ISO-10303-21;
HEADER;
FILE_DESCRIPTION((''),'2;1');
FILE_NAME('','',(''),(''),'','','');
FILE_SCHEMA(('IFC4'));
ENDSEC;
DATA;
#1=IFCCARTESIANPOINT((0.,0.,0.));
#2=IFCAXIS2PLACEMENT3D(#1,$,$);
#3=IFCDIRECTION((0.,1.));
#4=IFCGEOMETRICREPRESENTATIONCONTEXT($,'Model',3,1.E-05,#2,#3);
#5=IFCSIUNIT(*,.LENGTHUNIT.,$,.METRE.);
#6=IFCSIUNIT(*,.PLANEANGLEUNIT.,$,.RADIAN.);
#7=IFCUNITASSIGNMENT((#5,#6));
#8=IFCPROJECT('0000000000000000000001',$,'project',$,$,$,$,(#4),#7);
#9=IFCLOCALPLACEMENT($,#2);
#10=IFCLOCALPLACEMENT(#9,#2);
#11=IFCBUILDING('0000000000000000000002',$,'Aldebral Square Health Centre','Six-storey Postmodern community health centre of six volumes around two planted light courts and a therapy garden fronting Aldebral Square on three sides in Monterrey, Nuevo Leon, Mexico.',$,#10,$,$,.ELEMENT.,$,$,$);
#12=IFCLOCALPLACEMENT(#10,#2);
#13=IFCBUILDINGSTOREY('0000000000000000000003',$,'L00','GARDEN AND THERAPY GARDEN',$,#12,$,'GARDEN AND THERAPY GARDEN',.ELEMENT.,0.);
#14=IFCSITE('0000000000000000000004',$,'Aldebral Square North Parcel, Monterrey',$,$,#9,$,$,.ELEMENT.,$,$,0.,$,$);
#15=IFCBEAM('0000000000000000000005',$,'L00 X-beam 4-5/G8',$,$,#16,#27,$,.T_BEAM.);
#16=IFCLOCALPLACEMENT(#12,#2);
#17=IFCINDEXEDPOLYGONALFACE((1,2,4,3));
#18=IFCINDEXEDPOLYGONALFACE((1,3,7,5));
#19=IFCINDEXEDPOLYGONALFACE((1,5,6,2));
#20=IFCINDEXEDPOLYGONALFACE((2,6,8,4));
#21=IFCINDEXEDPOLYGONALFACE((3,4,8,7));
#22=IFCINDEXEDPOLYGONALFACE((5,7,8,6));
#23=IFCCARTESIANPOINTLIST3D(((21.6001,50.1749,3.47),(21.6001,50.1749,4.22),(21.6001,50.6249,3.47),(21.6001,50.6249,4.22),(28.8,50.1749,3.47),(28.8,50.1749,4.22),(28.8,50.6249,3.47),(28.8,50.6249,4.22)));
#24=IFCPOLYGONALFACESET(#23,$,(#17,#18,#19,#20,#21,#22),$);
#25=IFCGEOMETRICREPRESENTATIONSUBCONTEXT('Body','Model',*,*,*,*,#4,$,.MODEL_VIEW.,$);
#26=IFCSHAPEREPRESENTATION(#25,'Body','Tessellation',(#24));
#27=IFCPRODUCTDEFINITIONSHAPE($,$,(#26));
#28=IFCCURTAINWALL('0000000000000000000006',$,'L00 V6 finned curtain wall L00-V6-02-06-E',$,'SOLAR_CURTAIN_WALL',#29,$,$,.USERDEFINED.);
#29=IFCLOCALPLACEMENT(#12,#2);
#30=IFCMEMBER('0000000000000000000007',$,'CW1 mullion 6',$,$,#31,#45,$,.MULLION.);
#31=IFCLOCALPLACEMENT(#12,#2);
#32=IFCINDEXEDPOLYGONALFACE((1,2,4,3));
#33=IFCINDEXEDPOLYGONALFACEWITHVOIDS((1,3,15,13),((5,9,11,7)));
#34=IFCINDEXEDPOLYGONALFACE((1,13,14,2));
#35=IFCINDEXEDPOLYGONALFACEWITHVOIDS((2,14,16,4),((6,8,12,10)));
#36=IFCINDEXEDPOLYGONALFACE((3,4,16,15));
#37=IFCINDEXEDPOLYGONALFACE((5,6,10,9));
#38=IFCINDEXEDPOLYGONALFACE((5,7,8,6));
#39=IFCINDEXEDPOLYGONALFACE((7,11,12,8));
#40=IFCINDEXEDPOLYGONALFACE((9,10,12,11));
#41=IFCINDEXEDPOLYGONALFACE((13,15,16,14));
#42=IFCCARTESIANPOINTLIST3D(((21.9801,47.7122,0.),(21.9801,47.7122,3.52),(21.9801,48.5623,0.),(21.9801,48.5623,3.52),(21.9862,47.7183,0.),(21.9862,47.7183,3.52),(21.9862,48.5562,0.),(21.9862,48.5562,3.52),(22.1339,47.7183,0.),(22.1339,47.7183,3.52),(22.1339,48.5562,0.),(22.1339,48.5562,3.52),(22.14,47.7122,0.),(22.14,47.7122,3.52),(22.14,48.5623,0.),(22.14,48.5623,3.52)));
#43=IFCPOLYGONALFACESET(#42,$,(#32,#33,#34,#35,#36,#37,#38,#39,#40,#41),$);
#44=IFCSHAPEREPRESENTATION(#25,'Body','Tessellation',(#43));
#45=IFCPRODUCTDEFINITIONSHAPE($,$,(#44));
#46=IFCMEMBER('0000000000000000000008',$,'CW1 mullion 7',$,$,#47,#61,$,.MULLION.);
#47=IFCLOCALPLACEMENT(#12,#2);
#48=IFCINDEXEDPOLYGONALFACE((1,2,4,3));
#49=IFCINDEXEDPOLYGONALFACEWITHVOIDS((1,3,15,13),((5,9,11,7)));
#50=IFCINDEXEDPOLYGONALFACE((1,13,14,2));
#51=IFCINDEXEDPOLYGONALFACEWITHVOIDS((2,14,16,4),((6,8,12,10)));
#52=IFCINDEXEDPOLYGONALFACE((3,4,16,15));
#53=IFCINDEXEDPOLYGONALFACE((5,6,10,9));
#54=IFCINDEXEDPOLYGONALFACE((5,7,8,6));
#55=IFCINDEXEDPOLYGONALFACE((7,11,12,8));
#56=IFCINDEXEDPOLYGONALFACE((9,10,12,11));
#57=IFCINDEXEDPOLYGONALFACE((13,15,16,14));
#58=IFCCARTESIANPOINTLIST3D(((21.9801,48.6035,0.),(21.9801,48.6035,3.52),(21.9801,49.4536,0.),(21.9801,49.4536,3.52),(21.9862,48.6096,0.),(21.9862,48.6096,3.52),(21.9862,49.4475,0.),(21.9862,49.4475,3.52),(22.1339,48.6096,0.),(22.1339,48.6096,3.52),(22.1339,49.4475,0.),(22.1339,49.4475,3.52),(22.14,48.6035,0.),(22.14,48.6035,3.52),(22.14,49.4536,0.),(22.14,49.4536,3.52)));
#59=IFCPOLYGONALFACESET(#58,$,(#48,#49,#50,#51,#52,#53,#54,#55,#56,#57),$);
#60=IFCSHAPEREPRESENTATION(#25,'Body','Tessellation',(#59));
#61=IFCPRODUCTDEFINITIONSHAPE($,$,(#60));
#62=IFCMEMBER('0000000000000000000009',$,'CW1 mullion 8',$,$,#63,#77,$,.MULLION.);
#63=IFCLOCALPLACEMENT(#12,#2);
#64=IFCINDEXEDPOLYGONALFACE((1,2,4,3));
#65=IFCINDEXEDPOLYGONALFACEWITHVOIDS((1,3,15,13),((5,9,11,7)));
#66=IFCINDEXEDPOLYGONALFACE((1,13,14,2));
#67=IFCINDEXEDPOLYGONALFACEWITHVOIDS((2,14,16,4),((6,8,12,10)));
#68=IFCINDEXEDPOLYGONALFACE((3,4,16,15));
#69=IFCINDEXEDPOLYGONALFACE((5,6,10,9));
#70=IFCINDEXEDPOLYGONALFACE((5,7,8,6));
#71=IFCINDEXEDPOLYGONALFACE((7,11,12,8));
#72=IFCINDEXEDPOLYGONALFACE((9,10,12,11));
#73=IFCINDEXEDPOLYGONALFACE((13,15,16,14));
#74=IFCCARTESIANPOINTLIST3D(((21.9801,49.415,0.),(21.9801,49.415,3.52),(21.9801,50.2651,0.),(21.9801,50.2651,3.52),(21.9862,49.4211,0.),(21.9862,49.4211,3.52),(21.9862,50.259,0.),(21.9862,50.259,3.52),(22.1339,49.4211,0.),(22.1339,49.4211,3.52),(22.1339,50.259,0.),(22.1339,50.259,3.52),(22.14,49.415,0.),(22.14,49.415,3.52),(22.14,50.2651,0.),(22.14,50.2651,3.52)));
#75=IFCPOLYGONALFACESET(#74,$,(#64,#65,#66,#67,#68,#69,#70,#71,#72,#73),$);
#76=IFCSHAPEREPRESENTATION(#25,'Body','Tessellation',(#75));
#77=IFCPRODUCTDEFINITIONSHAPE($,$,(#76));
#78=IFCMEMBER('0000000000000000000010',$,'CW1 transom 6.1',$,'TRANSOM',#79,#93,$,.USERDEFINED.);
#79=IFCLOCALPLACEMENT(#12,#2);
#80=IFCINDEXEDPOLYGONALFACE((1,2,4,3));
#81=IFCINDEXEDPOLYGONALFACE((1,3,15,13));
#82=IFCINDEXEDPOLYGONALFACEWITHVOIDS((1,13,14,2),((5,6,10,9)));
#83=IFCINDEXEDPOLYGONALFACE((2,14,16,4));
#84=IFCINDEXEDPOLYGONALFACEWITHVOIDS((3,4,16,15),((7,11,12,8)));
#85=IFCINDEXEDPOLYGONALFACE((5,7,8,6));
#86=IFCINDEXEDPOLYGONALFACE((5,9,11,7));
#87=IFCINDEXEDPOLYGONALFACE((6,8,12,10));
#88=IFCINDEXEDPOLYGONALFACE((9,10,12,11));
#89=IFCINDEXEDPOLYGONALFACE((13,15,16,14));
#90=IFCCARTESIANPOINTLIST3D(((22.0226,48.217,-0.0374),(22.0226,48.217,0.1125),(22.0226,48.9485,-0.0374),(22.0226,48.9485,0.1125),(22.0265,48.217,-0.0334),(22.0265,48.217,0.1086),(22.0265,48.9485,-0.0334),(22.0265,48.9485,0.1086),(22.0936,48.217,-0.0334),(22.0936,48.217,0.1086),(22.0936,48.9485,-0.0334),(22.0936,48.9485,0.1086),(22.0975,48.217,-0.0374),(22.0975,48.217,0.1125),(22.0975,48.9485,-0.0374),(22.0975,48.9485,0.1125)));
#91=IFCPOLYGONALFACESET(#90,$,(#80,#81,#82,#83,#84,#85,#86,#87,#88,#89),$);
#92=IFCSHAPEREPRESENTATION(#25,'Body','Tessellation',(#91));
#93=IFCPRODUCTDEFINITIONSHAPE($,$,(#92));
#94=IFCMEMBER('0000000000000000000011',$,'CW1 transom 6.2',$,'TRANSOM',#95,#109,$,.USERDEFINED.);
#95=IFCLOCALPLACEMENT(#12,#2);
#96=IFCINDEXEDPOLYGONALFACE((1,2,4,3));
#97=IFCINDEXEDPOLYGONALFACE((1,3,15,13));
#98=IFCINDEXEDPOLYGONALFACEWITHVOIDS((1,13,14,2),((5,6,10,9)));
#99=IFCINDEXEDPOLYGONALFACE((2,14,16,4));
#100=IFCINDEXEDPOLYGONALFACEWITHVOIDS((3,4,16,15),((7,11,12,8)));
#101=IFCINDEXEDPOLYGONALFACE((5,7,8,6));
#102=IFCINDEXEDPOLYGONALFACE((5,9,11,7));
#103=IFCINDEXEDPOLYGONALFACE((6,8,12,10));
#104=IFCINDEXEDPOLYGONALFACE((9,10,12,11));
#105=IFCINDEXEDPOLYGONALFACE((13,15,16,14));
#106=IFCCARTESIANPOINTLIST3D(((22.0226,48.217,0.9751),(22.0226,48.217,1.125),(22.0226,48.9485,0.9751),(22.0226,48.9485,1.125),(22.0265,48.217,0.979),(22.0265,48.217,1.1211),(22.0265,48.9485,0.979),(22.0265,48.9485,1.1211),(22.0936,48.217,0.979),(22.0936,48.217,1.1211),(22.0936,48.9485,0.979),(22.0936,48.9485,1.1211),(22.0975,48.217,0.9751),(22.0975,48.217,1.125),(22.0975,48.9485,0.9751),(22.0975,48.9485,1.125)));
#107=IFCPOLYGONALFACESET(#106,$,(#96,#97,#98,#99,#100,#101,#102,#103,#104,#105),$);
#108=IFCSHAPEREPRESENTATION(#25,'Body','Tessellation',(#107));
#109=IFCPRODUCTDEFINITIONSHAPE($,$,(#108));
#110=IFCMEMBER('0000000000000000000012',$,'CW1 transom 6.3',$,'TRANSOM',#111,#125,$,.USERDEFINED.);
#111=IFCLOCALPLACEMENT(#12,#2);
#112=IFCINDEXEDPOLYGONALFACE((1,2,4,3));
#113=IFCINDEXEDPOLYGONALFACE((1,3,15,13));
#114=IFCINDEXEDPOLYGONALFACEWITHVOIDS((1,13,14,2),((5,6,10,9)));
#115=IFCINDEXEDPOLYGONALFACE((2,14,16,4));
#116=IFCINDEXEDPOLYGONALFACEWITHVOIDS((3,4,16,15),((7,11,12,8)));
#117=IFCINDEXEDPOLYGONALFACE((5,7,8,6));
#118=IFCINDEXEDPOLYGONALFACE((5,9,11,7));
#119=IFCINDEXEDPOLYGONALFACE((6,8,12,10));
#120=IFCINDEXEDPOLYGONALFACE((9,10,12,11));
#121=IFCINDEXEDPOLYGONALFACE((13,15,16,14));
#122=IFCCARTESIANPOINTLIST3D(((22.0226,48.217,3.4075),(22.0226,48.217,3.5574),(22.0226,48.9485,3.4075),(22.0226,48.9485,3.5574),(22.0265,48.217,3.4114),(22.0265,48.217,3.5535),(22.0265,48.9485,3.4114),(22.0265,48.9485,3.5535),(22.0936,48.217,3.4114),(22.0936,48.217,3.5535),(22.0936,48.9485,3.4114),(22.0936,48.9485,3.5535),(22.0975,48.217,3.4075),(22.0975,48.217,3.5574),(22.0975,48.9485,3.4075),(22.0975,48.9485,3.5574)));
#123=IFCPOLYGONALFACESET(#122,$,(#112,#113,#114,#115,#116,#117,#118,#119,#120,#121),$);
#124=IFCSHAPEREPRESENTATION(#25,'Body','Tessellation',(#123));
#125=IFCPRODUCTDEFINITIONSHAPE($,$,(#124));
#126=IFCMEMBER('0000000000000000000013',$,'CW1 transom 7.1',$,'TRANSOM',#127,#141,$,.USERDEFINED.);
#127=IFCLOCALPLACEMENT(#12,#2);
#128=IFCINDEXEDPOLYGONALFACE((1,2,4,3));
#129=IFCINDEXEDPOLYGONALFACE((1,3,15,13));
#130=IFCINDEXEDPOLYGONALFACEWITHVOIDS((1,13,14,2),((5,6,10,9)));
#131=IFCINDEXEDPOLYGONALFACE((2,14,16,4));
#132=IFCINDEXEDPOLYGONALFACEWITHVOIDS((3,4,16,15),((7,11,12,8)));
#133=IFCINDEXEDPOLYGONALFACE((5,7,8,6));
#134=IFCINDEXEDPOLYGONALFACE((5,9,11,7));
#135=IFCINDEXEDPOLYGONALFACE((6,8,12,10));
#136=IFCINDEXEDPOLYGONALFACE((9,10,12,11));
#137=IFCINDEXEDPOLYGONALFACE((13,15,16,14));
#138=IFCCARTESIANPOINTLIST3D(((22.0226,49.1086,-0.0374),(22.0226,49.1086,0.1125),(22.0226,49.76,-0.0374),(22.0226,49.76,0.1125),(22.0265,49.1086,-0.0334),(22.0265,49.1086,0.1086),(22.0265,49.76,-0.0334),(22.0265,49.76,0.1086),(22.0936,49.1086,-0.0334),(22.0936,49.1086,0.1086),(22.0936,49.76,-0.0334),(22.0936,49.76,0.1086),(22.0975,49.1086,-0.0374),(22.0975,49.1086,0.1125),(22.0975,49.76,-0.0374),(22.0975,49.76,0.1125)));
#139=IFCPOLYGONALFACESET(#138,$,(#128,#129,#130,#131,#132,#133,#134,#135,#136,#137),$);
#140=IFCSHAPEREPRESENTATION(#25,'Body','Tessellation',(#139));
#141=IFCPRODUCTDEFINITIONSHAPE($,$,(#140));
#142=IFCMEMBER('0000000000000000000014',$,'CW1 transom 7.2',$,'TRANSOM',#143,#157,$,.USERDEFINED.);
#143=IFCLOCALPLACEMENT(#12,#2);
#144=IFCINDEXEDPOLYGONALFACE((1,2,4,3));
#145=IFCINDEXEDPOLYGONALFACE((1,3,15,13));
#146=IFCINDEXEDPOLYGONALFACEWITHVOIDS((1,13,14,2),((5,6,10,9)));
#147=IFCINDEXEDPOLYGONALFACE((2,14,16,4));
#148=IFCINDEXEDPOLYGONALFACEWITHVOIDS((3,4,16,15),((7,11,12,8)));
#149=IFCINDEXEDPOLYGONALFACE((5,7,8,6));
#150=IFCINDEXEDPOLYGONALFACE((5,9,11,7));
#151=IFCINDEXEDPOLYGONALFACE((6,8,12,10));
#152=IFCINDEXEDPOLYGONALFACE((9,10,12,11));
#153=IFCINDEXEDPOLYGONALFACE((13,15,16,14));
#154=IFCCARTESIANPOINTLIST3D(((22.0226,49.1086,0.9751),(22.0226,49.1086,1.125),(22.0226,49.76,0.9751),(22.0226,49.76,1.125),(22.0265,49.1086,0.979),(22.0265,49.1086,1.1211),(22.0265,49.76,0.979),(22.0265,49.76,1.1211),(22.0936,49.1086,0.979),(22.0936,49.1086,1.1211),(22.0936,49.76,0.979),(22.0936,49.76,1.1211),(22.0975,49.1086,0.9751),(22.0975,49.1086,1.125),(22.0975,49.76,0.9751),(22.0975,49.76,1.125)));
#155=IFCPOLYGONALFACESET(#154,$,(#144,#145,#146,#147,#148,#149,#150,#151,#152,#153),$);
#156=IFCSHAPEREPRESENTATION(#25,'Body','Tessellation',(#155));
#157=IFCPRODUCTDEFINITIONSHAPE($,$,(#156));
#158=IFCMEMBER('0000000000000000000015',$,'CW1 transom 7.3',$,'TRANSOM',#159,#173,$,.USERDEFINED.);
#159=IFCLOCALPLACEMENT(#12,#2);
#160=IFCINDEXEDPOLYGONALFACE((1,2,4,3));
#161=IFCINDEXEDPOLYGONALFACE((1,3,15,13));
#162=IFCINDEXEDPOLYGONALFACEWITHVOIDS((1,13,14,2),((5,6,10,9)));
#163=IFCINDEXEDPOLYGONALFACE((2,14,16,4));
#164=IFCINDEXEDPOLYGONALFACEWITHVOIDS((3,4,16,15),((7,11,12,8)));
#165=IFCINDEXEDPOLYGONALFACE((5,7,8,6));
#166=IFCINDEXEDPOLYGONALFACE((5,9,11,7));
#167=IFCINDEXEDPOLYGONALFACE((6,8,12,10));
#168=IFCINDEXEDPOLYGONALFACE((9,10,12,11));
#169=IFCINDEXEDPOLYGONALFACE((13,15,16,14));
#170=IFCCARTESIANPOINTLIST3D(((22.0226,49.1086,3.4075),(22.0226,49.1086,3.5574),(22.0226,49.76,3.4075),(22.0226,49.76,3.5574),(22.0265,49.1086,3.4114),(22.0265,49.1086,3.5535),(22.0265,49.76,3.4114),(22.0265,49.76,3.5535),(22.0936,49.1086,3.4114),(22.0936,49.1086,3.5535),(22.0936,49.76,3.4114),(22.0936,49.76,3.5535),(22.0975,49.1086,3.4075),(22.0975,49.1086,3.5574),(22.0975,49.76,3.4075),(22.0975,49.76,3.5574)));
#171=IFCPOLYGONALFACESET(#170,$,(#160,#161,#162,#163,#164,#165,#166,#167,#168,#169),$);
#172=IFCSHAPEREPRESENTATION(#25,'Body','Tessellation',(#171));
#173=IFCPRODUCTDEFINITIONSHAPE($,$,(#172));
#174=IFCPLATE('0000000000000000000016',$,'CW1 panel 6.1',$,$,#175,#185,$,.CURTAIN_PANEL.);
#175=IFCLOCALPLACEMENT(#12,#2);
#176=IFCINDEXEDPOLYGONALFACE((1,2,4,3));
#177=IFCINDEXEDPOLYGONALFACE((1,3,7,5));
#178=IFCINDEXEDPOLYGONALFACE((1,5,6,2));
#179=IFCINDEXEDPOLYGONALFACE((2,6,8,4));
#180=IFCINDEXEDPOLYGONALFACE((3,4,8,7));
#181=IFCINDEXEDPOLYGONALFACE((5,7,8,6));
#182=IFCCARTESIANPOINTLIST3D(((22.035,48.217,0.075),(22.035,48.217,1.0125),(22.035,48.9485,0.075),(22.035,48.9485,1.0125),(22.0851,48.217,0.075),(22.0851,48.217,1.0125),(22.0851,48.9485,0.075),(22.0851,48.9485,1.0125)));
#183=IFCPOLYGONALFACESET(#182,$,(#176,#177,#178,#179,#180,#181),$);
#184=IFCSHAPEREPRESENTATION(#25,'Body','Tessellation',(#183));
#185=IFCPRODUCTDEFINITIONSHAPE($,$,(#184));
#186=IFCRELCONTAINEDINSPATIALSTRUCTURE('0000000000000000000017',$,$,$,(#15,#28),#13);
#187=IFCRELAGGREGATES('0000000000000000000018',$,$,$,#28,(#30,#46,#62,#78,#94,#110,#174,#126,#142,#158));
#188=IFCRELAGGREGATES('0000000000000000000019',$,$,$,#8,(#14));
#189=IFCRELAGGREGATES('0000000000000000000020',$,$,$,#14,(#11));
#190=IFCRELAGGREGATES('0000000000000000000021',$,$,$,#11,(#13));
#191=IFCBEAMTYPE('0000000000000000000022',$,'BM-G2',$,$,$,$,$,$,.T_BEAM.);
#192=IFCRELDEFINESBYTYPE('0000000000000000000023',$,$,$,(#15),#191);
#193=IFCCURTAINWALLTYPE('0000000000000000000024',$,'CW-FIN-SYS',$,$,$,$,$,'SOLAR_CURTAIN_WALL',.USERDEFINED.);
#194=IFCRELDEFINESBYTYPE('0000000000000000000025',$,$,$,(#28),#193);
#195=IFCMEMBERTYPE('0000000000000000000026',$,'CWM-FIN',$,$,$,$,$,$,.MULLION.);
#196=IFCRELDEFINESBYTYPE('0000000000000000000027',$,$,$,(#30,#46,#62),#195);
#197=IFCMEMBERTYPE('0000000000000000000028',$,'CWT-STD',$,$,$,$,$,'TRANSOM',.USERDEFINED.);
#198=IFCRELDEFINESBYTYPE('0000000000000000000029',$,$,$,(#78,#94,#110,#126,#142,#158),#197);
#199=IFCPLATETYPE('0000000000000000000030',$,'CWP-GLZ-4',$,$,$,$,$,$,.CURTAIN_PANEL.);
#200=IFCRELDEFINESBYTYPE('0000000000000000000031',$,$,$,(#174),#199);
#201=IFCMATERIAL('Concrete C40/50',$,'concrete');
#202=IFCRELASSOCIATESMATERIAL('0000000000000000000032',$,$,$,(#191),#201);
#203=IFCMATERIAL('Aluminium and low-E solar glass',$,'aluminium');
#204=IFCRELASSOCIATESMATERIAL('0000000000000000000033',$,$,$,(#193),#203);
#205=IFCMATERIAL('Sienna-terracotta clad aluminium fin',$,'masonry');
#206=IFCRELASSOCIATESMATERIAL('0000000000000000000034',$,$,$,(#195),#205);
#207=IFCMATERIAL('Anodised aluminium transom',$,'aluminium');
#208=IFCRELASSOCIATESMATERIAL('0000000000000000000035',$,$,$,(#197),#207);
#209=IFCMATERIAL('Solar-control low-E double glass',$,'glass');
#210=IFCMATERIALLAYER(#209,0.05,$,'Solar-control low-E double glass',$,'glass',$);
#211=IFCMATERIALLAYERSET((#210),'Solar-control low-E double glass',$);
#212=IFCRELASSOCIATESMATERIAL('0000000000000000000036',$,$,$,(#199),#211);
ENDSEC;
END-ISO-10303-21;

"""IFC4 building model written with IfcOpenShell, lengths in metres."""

from ifc_helpers import new_model, si_unit, direction, frame, origin, origin_2d, place, context, subcontext, project, spatial, rectangle, hollow_rectangle, extrude, material, layer, layer_set, material_profile, profile_set, type_object, element, aggregate, save


model = new_model("IFC4")

# Units and contexts
model_context = context("Model", 3, precision=1e-05, world=origin(), true_north=direction((0.0, 1.0)))
body_context = subcontext(model_context, "Body", "Model", "MODEL_VIEW")
ifc_project = project(units=[si_unit("LENGTHUNIT", "METRE"), si_unit("PLANEANGLEUNIT", "RADIAN")], contexts=[model_context])

# Site, building, storey
site_placement = place(None, origin())
site = spatial("IfcSite", under=ifc_project, at=site_placement, Name="Aldebral Square North Parcel, Monterrey", CompositionType="ELEMENT", RefElevation=0.0)
building_placement = place(site_placement, origin())
building = spatial("IfcBuilding", under=site, at=building_placement, Name="Aldebral Square Health Centre", Description="Six-storey Postmodern community health centre of six volumes around two planted light courts and a therapy garden fronting Aldebral Square on three sides in Monterrey, Nuevo Leon, Mexico.", CompositionType="ELEMENT")
storey_placement = place(building_placement, origin())
storey = spatial("IfcBuildingStorey", under=building, at=storey_placement, Name="L00", Description="GARDEN AND THERAPY GARDEN", LongName="GARDEN AND THERAPY GARDEN", CompositionType="ELEMENT", Elevation=0.0)

# Shared definitions
ifc_material_1 = material(Name="Concrete C40/50", Category="concrete")

# Beam
ifc_material_profile_1 = material_profile(ifc_material_1, rectangle(XDim=0.45, YDim=0.75, at=origin_2d()), Name="RC 450x750")
ifc_profile_set_1 = profile_set([ifc_material_profile_1], Name="Concrete C40/50")
beam_type_1 = type_object("IfcBeamType", Name="BM-G2", PredefinedType="T_BEAM", material=ifc_profile_set_1)
beam_1_placement = place(storey_placement, frame((21.6001, 50.3999, 3.845), z_axis=(1.0, 0.0, 0.0), x_axis=(0.0, 1.0, 0.0)))
element("IfcBeam", 1, at=beam_1_placement, inside=storey, type_object=beam_type_1, Name="L00 X-beam 4-5/G8", PredefinedType="T_BEAM", context=body_context, shape_type="SweptSolid", body=[
    extrude(rectangle(XDim=0.45, YDim=0.75, at=origin_2d()), origin(), (0.0, 0.0, 1.0), 7.2),
])

# Curtain wall, members, plate
ifc_material_2 = material(Name="Aluminium and low-E solar glass", Category="aluminium")
curtain_wall_type = type_object("IfcCurtainWallType", Name="CW-FIN-SYS", ElementType="SOLAR_CURTAIN_WALL", PredefinedType="USERDEFINED", material=ifc_material_2)
curtain_wall_placement = place(storey_placement, origin())
curtain_wall = element("IfcCurtainWall", 2, at=curtain_wall_placement, inside=storey, type_object=curtain_wall_type, Name="L00 V6 finned curtain wall L00-V6-02-06-E", ObjectType="SOLAR_CURTAIN_WALL", PredefinedType="USERDEFINED")
ifc_material_3 = material(Name="Sienna-terracotta clad aluminium fin", Category="masonry")
ifc_material_profile_2 = material_profile(ifc_material_3, hollow_rectangle(XDim=0.1599, YDim=0.8501, WallThickness=0.0061, at=origin_2d()), Name="FIN 160x850x6")
ifc_profile_set_2 = profile_set([ifc_material_profile_2], Name="Sienna-terracotta clad aluminium fin")
member_type_1 = type_object("IfcMemberType", Name="CWM-FIN", PredefinedType="MULLION", material=ifc_profile_set_2)
member_1_placement = place(storey_placement, frame((22.0601, 48.1372, 0.0), z_axis=(0.0, 0.0, 1.0), x_axis=(-1.0, 0.0, 0.0)))
member_1 = element("IfcMember", 3, at=member_1_placement, type_object=member_type_1, Name="CW1 mullion 6", PredefinedType="MULLION", context=body_context, shape_type="SweptSolid", body=[
    extrude(hollow_rectangle(XDim=0.1599, YDim=0.8501, WallThickness=0.0061, at=origin_2d()), origin(), (0.0, 0.0, 1.0), 3.52),
])
member_2_placement = place(storey_placement, frame((22.0601, 49.0286, 0.0), z_axis=(0.0, 0.0, 1.0), x_axis=(-1.0, 0.0, 0.0)))
member_2 = element("IfcMember", 4, at=member_2_placement, type_object=member_type_1, Name="CW1 mullion 7", PredefinedType="MULLION", context=body_context, shape_type="SweptSolid", body=[
    extrude(hollow_rectangle(XDim=0.1599, YDim=0.8501, WallThickness=0.0061, at=origin_2d()), origin(), (0.0, 0.0, 1.0), 3.52),
])
member_3_placement = place(storey_placement, frame((22.0601, 49.8401, 0.0), z_axis=(0.0, 0.0, 1.0), x_axis=(-1.0, 0.0, 0.0)))
member_3 = element("IfcMember", 5, at=member_3_placement, type_object=member_type_1, Name="CW1 mullion 8", PredefinedType="MULLION", context=body_context, shape_type="SweptSolid", body=[
    extrude(hollow_rectangle(XDim=0.1599, YDim=0.8501, WallThickness=0.0061, at=origin_2d()), origin(), (0.0, 0.0, 1.0), 3.52),
])
ifc_material_4 = material(Name="Anodised aluminium transom", Category="aluminium")
ifc_material_profile_3 = material_profile(ifc_material_4, hollow_rectangle(XDim=0.075, YDim=0.1499, WallThickness=0.0039, at=origin_2d()), Name="CWT 75x150x4")
ifc_profile_set_3 = profile_set([ifc_material_profile_3], Name="Anodised aluminium transom")
member_type_2 = type_object("IfcMemberType", Name="CWT-STD", ElementType="TRANSOM", PredefinedType="USERDEFINED", material=ifc_profile_set_3)
member_4_placement = place(storey_placement, frame((22.0601, 48.217, 0.0376), z_axis=(0.0, 1.0, 0.0), x_axis=(-1.0, 0.0, 0.0)))
member_4 = element("IfcMember", 6, at=member_4_placement, type_object=member_type_2, Name="CW1 transom 6.1", ObjectType="TRANSOM", PredefinedType="USERDEFINED", context=body_context, shape_type="SweptSolid", body=[
    extrude(hollow_rectangle(XDim=0.075, YDim=0.1499, WallThickness=0.0039, at=origin_2d()), origin(), (0.0, 0.0, 1.0), 0.7314),
])
member_5_placement = place(storey_placement, frame((22.0601, 48.217, 1.05), z_axis=(0.0, 1.0, 0.0), x_axis=(-1.0, 0.0, 0.0)))
member_5 = element("IfcMember", 7, at=member_5_placement, type_object=member_type_2, Name="CW1 transom 6.2", ObjectType="TRANSOM", PredefinedType="USERDEFINED", context=body_context, shape_type="SweptSolid", body=[
    extrude(hollow_rectangle(XDim=0.075, YDim=0.1499, WallThickness=0.0039, at=origin_2d()), origin(), (0.0, 0.0, 1.0), 0.7314),
])
member_6_placement = place(storey_placement, frame((22.0601, 48.217, 3.4824), z_axis=(0.0, 1.0, 0.0), x_axis=(-1.0, 0.0, 0.0)))
member_6 = element("IfcMember", 8, at=member_6_placement, type_object=member_type_2, Name="CW1 transom 6.3", ObjectType="TRANSOM", PredefinedType="USERDEFINED", context=body_context, shape_type="SweptSolid", body=[
    extrude(hollow_rectangle(XDim=0.075, YDim=0.1499, WallThickness=0.0039, at=origin_2d()), origin(), (0.0, 0.0, 1.0), 0.7314),
])
member_7_placement = place(storey_placement, frame((22.0601, 49.1086, 0.0376), z_axis=(0.0, 1.0, 0.0), x_axis=(-1.0, 0.0, 0.0)))
member_7 = element("IfcMember", 9, at=member_7_placement, type_object=member_type_2, Name="CW1 transom 7.1", ObjectType="TRANSOM", PredefinedType="USERDEFINED", context=body_context, shape_type="SweptSolid", body=[
    extrude(hollow_rectangle(XDim=0.075, YDim=0.1499, WallThickness=0.0039, at=origin_2d()), origin(), (0.0, 0.0, 1.0), 0.6514),
])
member_8_placement = place(storey_placement, frame((22.0601, 49.1086, 1.05), z_axis=(0.0, 1.0, 0.0), x_axis=(-1.0, 0.0, 0.0)))
member_8 = element("IfcMember", 10, at=member_8_placement, type_object=member_type_2, Name="CW1 transom 7.2", ObjectType="TRANSOM", PredefinedType="USERDEFINED", context=body_context, shape_type="SweptSolid", body=[
    extrude(hollow_rectangle(XDim=0.075, YDim=0.1499, WallThickness=0.0039, at=origin_2d()), origin(), (0.0, 0.0, 1.0), 0.6514),
])
member_9_placement = place(storey_placement, frame((22.0601, 49.1086, 3.4824), z_axis=(0.0, 1.0, 0.0), x_axis=(-1.0, 0.0, 0.0)))
member_9 = element("IfcMember", 11, at=member_9_placement, type_object=member_type_2, Name="CW1 transom 7.3", ObjectType="TRANSOM", PredefinedType="USERDEFINED", context=body_context, shape_type="SweptSolid", body=[
    extrude(hollow_rectangle(XDim=0.075, YDim=0.1499, WallThickness=0.0039, at=origin_2d()), origin(), (0.0, 0.0, 1.0), 0.6514),
])
ifc_material_5 = material(Name="Solar-control low-E double glass", Category="glass")
ifc_layer_1 = layer(ifc_material_5, 0.05, Name="Solar-control low-E double glass", Category="glass")
ifc_layer_set_1 = layer_set([ifc_layer_1], Name="Solar-control low-E double glass")
plate_type = type_object("IfcPlateType", Name="CWP-GLZ-4", PredefinedType="CURTAIN_PANEL", material=ifc_layer_set_1)
plate_1_placement = place(storey_placement, frame((22.0601, 48.5828, 0.075), z_axis=(0.0, 0.0, 1.0), x_axis=(0.0, 1.0, 0.0)))
plate_1 = element("IfcPlate", 12, at=plate_1_placement, type_object=plate_type, Name="CW1 panel 6.1", PredefinedType="CURTAIN_PANEL", context=body_context, shape_type="SweptSolid", body=[
    extrude(rectangle(XDim=0.7314, YDim=0.05, at=origin_2d()), origin(), (0.0, 0.0, 1.0), 0.9375),
])
aggregate(curtain_wall, [member_1, member_2, member_3, member_4, member_5, member_6, plate_1, member_7, member_8, member_9])

save(model, "model.ifc")
